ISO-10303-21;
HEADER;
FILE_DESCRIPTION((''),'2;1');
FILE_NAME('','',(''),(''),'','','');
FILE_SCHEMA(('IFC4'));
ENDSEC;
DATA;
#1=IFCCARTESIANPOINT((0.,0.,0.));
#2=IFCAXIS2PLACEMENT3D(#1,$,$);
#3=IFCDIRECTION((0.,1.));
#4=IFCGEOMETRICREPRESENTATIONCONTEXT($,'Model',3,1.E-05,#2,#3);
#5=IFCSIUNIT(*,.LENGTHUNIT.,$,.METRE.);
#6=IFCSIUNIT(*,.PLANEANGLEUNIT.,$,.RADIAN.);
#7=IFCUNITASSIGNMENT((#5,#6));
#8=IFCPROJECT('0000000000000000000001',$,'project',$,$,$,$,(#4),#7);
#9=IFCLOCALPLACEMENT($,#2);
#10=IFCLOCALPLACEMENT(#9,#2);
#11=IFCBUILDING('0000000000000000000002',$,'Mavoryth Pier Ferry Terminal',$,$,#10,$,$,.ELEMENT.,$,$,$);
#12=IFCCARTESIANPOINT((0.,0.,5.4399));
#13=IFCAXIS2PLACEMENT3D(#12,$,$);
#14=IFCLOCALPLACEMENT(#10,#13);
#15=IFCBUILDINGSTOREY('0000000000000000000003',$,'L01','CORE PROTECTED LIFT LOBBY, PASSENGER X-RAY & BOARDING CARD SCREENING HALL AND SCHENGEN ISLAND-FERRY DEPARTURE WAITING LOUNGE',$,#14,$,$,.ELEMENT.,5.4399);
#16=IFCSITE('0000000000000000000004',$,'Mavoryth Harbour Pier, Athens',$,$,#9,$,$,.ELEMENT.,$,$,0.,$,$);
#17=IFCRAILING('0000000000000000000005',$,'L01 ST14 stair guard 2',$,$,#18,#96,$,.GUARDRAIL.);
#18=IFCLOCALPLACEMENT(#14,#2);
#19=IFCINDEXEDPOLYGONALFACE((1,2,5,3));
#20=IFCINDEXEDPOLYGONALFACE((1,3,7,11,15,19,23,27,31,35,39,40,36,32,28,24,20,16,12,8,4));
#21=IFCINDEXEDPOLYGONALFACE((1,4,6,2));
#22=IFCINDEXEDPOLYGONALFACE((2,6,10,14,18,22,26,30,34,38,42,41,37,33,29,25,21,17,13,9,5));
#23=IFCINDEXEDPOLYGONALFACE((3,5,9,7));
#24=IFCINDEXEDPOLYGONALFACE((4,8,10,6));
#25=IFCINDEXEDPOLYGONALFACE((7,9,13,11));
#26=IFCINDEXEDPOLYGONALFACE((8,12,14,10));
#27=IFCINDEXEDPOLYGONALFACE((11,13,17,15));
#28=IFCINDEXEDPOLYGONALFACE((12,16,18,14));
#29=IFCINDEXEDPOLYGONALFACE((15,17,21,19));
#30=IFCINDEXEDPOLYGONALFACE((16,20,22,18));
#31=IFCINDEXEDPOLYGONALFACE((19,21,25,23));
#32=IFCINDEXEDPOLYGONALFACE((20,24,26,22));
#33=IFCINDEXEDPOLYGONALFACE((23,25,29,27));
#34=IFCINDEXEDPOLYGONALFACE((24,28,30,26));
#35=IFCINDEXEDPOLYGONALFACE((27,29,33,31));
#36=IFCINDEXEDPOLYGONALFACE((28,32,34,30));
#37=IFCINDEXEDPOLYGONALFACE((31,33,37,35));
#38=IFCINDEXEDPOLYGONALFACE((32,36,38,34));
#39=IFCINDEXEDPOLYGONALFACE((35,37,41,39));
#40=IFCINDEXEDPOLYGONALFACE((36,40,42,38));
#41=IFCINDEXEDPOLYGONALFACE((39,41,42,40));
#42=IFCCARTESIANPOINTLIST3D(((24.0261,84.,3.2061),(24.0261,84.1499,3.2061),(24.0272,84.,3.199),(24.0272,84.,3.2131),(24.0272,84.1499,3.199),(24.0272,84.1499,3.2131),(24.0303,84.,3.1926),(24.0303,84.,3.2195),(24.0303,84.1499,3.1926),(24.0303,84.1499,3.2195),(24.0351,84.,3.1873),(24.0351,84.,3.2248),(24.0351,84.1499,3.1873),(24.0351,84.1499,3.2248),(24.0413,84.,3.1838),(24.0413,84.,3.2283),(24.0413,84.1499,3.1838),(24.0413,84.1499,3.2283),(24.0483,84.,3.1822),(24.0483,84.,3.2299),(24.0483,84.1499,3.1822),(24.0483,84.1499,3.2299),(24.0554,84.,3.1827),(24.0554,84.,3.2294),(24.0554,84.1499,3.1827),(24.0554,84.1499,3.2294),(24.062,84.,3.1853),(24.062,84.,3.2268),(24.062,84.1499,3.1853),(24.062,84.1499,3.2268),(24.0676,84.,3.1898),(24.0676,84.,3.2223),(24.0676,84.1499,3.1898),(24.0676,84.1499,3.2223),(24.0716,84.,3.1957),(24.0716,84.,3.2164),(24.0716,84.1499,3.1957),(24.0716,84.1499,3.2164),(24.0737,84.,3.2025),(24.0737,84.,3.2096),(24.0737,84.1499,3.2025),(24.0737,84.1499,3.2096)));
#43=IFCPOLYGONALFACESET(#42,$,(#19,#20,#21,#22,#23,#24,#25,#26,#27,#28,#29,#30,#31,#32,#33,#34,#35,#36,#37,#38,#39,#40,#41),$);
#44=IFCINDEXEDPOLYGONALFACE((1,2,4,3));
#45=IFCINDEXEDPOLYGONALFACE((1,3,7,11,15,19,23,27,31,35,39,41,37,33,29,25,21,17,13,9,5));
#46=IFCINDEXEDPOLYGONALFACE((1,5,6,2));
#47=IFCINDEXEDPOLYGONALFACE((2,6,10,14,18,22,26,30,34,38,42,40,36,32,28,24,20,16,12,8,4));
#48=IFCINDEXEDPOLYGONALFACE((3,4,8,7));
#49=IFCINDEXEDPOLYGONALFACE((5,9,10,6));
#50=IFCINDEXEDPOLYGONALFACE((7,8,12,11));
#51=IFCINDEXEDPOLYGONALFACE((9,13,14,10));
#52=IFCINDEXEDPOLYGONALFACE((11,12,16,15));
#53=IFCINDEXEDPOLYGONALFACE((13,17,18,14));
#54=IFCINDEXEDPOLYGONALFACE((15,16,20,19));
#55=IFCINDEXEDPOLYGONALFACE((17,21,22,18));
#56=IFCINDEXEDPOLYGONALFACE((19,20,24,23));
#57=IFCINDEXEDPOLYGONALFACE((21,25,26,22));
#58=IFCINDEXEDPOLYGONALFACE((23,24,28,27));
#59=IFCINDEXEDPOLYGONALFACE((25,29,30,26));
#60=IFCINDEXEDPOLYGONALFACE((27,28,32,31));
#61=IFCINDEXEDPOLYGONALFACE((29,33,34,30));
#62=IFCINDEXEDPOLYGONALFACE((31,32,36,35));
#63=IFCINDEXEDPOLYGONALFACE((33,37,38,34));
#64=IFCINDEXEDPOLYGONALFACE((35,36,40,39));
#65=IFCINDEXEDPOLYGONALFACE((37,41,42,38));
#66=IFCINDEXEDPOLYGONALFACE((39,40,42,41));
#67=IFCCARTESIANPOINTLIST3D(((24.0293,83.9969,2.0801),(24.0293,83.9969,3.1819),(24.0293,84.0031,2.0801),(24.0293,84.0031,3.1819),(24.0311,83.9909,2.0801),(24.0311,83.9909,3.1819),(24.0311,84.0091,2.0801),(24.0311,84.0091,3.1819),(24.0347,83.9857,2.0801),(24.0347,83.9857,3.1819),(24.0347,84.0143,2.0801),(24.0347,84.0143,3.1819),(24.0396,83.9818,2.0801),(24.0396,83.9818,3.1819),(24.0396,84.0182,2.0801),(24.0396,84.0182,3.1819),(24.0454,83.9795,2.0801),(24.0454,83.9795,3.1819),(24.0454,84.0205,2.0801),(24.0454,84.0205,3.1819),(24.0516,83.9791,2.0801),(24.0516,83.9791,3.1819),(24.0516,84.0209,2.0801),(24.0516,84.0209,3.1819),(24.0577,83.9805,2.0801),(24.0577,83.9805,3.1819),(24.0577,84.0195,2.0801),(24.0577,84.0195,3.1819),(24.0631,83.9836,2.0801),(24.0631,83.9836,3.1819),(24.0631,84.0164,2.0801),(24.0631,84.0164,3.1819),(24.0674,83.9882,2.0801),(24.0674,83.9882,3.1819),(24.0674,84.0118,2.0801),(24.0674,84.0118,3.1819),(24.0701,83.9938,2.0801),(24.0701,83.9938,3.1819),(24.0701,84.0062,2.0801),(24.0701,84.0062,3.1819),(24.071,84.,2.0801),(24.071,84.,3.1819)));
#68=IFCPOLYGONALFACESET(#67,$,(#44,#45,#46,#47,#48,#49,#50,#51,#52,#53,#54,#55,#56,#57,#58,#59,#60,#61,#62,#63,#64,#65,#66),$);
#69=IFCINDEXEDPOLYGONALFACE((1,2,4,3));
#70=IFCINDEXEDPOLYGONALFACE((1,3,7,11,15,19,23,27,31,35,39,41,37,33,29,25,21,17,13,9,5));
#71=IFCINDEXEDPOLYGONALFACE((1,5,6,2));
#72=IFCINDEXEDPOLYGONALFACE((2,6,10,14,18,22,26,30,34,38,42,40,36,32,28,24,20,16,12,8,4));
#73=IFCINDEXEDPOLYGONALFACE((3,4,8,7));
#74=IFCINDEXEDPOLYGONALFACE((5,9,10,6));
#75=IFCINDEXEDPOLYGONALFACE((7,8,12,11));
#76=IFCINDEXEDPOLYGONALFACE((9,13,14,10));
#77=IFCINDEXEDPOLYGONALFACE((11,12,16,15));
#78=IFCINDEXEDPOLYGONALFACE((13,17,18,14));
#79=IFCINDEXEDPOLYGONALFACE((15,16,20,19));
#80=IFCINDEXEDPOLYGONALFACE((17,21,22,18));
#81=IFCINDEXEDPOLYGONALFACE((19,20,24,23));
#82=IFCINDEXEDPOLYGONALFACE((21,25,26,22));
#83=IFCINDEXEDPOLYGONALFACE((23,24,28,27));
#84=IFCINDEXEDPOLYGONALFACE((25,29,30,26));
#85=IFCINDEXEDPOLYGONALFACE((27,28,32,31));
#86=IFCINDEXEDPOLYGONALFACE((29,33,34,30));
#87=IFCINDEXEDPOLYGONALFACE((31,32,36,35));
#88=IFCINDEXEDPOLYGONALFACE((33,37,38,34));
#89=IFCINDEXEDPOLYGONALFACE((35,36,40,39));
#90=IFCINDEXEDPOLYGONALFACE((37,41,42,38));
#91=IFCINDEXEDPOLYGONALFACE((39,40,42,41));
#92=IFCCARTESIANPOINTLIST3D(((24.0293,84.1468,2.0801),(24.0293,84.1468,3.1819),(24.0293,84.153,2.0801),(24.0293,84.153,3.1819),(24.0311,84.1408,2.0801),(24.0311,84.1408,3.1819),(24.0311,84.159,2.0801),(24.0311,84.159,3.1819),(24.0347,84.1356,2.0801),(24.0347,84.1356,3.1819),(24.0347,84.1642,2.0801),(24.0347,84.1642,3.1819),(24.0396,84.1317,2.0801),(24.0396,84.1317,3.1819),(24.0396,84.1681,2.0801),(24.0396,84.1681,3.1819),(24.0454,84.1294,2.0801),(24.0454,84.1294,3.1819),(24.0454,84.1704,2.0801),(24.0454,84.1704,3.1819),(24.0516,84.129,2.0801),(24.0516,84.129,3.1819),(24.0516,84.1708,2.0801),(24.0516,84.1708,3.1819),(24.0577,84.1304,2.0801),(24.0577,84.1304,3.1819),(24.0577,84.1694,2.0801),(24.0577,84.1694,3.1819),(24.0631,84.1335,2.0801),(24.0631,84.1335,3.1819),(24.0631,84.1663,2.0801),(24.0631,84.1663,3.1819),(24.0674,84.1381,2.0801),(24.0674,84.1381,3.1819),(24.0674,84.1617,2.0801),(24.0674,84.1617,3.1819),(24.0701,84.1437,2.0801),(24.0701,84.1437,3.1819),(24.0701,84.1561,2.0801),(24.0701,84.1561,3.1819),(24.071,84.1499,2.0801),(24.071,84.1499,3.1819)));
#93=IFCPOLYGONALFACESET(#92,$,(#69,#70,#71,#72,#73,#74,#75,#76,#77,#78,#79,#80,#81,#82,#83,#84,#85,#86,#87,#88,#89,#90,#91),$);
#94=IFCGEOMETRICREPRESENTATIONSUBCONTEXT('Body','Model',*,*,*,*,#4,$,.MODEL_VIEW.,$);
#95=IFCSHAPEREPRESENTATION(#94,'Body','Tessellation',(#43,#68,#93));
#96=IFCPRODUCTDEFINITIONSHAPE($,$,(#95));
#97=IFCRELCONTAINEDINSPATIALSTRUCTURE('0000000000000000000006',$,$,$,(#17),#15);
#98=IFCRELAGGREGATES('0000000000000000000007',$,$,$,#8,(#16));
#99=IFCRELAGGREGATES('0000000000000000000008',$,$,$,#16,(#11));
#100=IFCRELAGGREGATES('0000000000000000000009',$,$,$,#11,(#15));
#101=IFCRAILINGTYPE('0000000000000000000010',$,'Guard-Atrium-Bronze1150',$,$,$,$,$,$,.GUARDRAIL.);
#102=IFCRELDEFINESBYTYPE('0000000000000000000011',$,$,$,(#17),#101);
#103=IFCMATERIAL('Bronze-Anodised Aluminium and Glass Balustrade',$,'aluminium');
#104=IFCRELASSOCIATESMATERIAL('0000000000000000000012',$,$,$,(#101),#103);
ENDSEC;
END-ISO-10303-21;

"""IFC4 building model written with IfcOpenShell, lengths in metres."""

from ifc_helpers import new_model, si_unit, direction, frame, origin, origin_2d, place, context, subcontext, project, spatial, circle, extrude, material, type_object, element, save


model = new_model("IFC4")

# Units and contexts
model_context = context("Model", 3, precision=1e-05, world=origin(), true_north=direction((0.0, 1.0)))
body_context = subcontext(model_context, "Body", "Model", "MODEL_VIEW")
ifc_project = project(units=[si_unit("LENGTHUNIT", "METRE"), si_unit("PLANEANGLEUNIT", "RADIAN")], contexts=[model_context])

# Site, building, storey
site_placement = place(None, origin())
site = spatial("IfcSite", under=ifc_project, at=site_placement, Name="Mavoryth Harbour Pier, Athens", CompositionType="ELEMENT", RefElevation=0.0)
building_placement = place(site_placement, origin())
building = spatial("IfcBuilding", under=site, at=building_placement, Name="Mavoryth Pier Ferry Terminal", CompositionType="ELEMENT")
storey_placement = place(building_placement, frame((0.0, 0.0, 5.4399)))
storey = spatial("IfcBuildingStorey", under=building, at=storey_placement, Name="L01", Description="CORE PROTECTED LIFT LOBBY, PASSENGER X-RAY & BOARDING CARD SCREENING HALL AND SCHENGEN ISLAND-FERRY DEPARTURE WAITING LOUNGE", CompositionType="ELEMENT", Elevation=5.4399)

# Railing
ifc_material_1 = material(Name="Bronze-Anodised Aluminium and Glass Balustrade", Category="aluminium")
railing_type_1 = type_object("IfcRailingType", Name="Guard-Atrium-Bronze1150", PredefinedType="GUARDRAIL", material=ifc_material_1)
railing_1_placement = place(storey_placement, frame((24.05, 84.0, 2.0801)))
element("IfcRailing", 1, at=railing_1_placement, inside=storey, type_object=railing_type_1, Name="L01 ST14 stair guard 2", PredefinedType="GUARDRAIL", context=body_context, shape_type="SweptSolid", body=[
    extrude(circle(Radius=0.0239, at=origin_2d()), frame((0.0, 0.0, 1.126), z_axis=(0.0, 1.0, 0.0), x_axis=(-1.0, 0.0, 0.0)), (0.0, 0.0, 1.0), 0.1499),
    extrude(circle(Radius=0.021, at=origin_2d()), origin(), (0.0, 0.0, 1.0), 1.1018),
    extrude(circle(Radius=0.021, at=origin_2d()), frame((0.0, 0.1499, 0.0)), (0.0, 0.0, 1.0), 1.1018),
])

save(model, "model.ifc")
